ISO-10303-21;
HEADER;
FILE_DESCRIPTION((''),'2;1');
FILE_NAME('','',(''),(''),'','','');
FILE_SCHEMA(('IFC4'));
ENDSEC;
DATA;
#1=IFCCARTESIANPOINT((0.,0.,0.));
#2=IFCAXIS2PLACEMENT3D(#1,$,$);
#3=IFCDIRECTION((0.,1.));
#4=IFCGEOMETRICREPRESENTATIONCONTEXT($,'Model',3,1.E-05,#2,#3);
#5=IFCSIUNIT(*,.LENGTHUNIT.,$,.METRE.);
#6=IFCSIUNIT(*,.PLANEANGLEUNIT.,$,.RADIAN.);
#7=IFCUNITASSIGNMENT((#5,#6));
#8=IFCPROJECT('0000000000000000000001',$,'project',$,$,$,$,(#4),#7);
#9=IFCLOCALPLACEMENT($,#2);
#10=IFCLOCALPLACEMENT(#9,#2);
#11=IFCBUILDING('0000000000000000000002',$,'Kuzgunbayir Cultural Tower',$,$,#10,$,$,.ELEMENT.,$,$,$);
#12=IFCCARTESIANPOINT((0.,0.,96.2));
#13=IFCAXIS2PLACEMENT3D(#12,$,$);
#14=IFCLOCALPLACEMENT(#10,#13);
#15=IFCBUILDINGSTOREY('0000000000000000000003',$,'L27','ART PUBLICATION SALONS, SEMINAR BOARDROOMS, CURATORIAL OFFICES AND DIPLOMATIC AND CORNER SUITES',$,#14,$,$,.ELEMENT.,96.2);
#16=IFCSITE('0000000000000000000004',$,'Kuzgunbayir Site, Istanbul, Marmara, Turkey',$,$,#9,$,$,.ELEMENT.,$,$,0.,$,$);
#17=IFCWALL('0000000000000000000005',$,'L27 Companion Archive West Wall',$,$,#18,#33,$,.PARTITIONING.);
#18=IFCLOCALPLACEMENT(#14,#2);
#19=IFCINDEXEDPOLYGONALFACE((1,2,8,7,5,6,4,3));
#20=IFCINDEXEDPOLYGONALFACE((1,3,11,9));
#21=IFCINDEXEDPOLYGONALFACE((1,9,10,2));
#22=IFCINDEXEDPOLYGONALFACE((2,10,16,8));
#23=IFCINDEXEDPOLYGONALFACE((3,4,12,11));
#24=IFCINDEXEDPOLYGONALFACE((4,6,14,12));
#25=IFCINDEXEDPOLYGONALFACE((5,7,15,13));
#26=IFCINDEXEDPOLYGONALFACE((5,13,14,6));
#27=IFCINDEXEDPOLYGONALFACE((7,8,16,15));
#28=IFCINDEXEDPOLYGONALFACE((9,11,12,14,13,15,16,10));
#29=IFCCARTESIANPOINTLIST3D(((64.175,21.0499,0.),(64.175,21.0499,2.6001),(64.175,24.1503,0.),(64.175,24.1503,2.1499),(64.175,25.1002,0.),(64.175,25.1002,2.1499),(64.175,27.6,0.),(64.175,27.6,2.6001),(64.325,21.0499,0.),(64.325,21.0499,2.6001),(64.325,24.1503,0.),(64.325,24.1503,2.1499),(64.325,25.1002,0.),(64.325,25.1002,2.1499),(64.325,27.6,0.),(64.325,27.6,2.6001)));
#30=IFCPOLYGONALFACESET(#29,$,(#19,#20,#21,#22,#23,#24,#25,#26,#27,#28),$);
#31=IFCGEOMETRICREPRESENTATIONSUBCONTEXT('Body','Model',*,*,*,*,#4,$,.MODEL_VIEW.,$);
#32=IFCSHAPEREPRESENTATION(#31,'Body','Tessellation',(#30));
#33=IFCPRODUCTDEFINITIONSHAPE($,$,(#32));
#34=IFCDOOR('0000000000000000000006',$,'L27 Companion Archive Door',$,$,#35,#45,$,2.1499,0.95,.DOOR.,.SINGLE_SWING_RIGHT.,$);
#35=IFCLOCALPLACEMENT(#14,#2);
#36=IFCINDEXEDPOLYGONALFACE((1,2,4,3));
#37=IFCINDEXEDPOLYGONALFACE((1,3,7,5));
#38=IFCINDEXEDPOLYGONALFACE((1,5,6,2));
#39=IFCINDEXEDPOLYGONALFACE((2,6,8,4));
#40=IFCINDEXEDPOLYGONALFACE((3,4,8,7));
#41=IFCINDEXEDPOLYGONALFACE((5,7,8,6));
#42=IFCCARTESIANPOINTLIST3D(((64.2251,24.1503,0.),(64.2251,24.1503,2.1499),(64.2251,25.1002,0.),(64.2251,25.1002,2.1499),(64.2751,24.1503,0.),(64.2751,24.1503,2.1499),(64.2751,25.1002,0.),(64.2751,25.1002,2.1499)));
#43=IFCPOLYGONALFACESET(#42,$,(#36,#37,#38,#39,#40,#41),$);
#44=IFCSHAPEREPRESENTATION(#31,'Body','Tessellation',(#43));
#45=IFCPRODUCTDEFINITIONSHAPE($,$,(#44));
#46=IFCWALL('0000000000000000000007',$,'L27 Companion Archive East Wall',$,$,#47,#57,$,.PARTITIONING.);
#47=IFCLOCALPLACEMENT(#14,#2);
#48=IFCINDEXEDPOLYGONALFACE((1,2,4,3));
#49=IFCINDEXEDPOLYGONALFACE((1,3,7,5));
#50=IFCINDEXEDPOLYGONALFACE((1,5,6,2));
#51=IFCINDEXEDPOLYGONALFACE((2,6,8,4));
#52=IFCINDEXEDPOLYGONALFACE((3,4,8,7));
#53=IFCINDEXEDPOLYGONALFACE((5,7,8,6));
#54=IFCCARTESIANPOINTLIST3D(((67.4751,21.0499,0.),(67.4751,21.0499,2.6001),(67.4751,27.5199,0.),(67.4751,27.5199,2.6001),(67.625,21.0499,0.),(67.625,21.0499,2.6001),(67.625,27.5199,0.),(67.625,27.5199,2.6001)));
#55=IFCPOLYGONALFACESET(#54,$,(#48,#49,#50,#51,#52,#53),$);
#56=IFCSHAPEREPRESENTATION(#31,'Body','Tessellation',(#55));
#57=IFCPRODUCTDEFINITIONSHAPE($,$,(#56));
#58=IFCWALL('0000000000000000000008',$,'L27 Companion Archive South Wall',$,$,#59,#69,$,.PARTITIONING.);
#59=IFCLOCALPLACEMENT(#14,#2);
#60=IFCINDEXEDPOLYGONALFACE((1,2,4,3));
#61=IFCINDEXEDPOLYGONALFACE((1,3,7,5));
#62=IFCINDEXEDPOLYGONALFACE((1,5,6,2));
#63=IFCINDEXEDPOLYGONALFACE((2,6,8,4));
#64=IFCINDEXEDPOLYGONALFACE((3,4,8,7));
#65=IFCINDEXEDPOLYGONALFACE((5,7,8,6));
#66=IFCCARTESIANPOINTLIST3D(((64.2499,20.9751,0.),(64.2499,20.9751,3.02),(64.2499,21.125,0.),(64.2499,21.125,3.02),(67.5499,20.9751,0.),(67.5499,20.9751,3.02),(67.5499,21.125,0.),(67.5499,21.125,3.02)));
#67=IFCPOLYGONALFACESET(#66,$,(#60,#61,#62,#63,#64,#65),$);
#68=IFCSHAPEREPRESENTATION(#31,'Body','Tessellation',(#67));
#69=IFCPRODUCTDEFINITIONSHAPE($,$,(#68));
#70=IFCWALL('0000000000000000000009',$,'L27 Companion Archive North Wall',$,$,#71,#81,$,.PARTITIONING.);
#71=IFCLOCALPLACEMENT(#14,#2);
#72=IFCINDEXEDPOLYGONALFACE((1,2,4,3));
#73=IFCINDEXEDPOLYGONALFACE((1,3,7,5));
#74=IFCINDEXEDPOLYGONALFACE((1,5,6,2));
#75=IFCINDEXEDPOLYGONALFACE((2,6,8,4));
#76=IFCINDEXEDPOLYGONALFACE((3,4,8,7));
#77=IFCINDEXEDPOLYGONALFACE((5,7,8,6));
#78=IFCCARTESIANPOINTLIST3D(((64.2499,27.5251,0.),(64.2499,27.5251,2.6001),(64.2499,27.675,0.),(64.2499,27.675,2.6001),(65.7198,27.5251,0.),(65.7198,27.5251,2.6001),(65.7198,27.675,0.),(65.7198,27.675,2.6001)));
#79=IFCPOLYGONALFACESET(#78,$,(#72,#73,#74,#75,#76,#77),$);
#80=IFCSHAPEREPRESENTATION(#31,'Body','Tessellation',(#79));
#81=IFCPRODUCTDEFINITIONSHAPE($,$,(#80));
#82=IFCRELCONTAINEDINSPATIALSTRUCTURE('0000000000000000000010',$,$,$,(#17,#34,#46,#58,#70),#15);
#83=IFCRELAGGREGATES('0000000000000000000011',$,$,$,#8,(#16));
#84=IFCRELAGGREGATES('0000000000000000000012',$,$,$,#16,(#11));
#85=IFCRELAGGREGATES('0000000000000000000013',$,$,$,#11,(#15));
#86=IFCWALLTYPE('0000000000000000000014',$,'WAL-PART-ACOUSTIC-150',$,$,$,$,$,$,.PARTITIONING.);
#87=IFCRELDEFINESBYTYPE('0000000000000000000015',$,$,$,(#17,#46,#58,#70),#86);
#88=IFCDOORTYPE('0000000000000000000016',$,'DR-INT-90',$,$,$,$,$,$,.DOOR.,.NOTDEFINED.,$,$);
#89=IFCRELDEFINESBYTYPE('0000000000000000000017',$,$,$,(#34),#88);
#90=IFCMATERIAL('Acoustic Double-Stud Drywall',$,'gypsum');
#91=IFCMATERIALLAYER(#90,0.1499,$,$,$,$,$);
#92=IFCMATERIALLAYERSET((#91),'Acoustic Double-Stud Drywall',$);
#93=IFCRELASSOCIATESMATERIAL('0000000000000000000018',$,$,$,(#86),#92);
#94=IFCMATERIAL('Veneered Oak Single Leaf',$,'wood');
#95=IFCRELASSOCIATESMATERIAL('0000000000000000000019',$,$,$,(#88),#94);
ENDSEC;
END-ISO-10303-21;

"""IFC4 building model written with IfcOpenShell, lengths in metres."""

from ifc_helpers import new_model, si_unit, direction, frame, frame_2d, origin, place, context, subcontext, project, spatial, rectangle, extrude, material, layer, layer_set, type_object, element, fill, save


model = new_model("IFC4")

# Units and contexts
model_context = context("Model", 3, precision=1e-05, world=origin(), true_north=direction((0.0, 1.0)))
body_context = subcontext(model_context, "Body", "Model", "MODEL_VIEW")
ifc_project = project(units=[si_unit("LENGTHUNIT", "METRE"), si_unit("PLANEANGLEUNIT", "RADIAN")], contexts=[model_context])

# Site, building, storey
site_placement = place(None, origin())
site = spatial("IfcSite", under=ifc_project, at=site_placement, Name="Kuzgunbayir Site, Istanbul, Marmara, Turkey", CompositionType="ELEMENT", RefElevation=0.0)
building_placement = place(site_placement, origin())
building = spatial("IfcBuilding", under=site, at=building_placement, Name="Kuzgunbayir Cultural Tower", CompositionType="ELEMENT")
storey_placement = place(building_placement, frame((0.0, 0.0, 96.2)))
storey = spatial("IfcBuildingStorey", under=building, at=storey_placement, Name="L27", Description="ART PUBLICATION SALONS, SEMINAR BOARDROOMS, CURATORIAL OFFICES AND DIPLOMATIC AND CORNER SUITES", CompositionType="ELEMENT", Elevation=96.2)

# Wall, opening, door
ifc_material_1 = material(Name="Acoustic Double-Stud Drywall", Category="gypsum")
ifc_layer_1 = layer(ifc_material_1, 0.1499)
ifc_layer_set_1 = layer_set([ifc_layer_1], Name="Acoustic Double-Stud Drywall")
wall_type_1 = type_object("IfcWallType", Name="WAL-PART-ACOUSTIC-150", PredefinedType="PARTITIONING", material=ifc_layer_set_1)
wall_1_placement = place(storey_placement, frame((64.25, 21.05, 0.0), z_axis=(0.0, 0.0, 1.0), x_axis=(0.0, 1.0, 0.0)))
wall_1 = element("IfcWall", 1, at=wall_1_placement, inside=storey, type_object=wall_type_1, Name="L27 Companion Archive West Wall", PredefinedType="PARTITIONING", context=body_context, shape_type="SweptSolid", body=[
    extrude(rectangle(XDim=6.55, YDim=0.1499, at=frame_2d((3.2749, 0.0))), origin(), (0.0, 0.0, 1.0), 2.6001),
])
opening_1_placement = place(wall_1_placement, frame((3.1001, 0.0, 0.0)))
opening_1 = element("IfcOpeningElement", 2, at=opening_1_placement, cuts=wall_1, PredefinedType="OPENING", context=body_context, shape_type="SweptSolid", body=[
    extrude(rectangle(XDim=0.95, YDim=2.1499, at=frame_2d((0.4751, 1.075))), frame((0.0, 0.085, 0.0), z_axis=(0.0, -1.0, 0.0), x_axis=(1.0, 0.0, 0.0)), (0.0, 0.0, 1.0), 0.1699),
])
ifc_material_2 = material(Name="Veneered Oak Single Leaf", Category="wood")
door_type_1 = type_object("IfcDoorType", Name="DR-INT-90", OperationType="NOTDEFINED", PredefinedType="DOOR", material=ifc_material_2)
door_1_placement = place(opening_1_placement, origin())
door_1 = element("IfcDoor", 3, at=door_1_placement, inside=storey, type_object=door_type_1, Name="L27 Companion Archive Door", OperationType="SINGLE_SWING_RIGHT", OverallHeight=2.1499, OverallWidth=0.95, PredefinedType="DOOR", context=body_context, shape_type="SweptSolid", body=[
    extrude(rectangle(XDim=0.95, YDim=2.1499, at=frame_2d((0.4751, 1.075))), frame((0.0, 0.0249, 0.0), z_axis=(0.0, -1.0, 0.0), x_axis=(1.0, 0.0, 0.0)), (0.0, 0.0, 1.0), 0.05),
])
fill(opening_1, door_1)

# Walls
wall_2_placement = place(storey_placement, frame((67.55, 21.05, 0.0), z_axis=(0.0, 0.0, 1.0), x_axis=(0.0, 1.0, 0.0)))
element("IfcWall", 4, at=wall_2_placement, inside=storey, type_object=wall_type_1, Name="L27 Companion Archive East Wall", PredefinedType="PARTITIONING", context=body_context, shape_type="SweptSolid", body=[
    extrude(rectangle(XDim=6.47, YDim=0.1499, at=frame_2d((3.2349, 0.0))), origin(), (0.0, 0.0, 1.0), 2.6001),
])
wall_3_placement = place(storey_placement, frame((64.25, 21.05, 0.0), z_axis=(0.0, 0.0, 1.0), x_axis=(1.0, 0.0, 0.0)))
element("IfcWall", 5, at=wall_3_placement, inside=storey, type_object=wall_type_1, Name="L27 Companion Archive South Wall", PredefinedType="PARTITIONING", context=body_context, shape_type="SweptSolid", body=[
    extrude(rectangle(XDim=3.3, YDim=0.1499, at=frame_2d((1.6499, 0.0))), origin(), (0.0, 0.0, 1.0), 3.02),
])
wall_4_placement = place(storey_placement, frame((64.25, 27.6001, 0.0), z_axis=(0.0, 0.0, 1.0), x_axis=(1.0, 0.0, 0.0)))
element("IfcWall", 6, at=wall_4_placement, inside=storey, type_object=wall_type_1, Name="L27 Companion Archive North Wall", PredefinedType="PARTITIONING", context=body_context, shape_type="SweptSolid", body=[
    extrude(rectangle(XDim=1.47, YDim=0.1499, at=frame_2d((0.7349, 0.0))), origin(), (0.0, 0.0, 1.0), 2.6001),
])

save(model, "model.ifc")
